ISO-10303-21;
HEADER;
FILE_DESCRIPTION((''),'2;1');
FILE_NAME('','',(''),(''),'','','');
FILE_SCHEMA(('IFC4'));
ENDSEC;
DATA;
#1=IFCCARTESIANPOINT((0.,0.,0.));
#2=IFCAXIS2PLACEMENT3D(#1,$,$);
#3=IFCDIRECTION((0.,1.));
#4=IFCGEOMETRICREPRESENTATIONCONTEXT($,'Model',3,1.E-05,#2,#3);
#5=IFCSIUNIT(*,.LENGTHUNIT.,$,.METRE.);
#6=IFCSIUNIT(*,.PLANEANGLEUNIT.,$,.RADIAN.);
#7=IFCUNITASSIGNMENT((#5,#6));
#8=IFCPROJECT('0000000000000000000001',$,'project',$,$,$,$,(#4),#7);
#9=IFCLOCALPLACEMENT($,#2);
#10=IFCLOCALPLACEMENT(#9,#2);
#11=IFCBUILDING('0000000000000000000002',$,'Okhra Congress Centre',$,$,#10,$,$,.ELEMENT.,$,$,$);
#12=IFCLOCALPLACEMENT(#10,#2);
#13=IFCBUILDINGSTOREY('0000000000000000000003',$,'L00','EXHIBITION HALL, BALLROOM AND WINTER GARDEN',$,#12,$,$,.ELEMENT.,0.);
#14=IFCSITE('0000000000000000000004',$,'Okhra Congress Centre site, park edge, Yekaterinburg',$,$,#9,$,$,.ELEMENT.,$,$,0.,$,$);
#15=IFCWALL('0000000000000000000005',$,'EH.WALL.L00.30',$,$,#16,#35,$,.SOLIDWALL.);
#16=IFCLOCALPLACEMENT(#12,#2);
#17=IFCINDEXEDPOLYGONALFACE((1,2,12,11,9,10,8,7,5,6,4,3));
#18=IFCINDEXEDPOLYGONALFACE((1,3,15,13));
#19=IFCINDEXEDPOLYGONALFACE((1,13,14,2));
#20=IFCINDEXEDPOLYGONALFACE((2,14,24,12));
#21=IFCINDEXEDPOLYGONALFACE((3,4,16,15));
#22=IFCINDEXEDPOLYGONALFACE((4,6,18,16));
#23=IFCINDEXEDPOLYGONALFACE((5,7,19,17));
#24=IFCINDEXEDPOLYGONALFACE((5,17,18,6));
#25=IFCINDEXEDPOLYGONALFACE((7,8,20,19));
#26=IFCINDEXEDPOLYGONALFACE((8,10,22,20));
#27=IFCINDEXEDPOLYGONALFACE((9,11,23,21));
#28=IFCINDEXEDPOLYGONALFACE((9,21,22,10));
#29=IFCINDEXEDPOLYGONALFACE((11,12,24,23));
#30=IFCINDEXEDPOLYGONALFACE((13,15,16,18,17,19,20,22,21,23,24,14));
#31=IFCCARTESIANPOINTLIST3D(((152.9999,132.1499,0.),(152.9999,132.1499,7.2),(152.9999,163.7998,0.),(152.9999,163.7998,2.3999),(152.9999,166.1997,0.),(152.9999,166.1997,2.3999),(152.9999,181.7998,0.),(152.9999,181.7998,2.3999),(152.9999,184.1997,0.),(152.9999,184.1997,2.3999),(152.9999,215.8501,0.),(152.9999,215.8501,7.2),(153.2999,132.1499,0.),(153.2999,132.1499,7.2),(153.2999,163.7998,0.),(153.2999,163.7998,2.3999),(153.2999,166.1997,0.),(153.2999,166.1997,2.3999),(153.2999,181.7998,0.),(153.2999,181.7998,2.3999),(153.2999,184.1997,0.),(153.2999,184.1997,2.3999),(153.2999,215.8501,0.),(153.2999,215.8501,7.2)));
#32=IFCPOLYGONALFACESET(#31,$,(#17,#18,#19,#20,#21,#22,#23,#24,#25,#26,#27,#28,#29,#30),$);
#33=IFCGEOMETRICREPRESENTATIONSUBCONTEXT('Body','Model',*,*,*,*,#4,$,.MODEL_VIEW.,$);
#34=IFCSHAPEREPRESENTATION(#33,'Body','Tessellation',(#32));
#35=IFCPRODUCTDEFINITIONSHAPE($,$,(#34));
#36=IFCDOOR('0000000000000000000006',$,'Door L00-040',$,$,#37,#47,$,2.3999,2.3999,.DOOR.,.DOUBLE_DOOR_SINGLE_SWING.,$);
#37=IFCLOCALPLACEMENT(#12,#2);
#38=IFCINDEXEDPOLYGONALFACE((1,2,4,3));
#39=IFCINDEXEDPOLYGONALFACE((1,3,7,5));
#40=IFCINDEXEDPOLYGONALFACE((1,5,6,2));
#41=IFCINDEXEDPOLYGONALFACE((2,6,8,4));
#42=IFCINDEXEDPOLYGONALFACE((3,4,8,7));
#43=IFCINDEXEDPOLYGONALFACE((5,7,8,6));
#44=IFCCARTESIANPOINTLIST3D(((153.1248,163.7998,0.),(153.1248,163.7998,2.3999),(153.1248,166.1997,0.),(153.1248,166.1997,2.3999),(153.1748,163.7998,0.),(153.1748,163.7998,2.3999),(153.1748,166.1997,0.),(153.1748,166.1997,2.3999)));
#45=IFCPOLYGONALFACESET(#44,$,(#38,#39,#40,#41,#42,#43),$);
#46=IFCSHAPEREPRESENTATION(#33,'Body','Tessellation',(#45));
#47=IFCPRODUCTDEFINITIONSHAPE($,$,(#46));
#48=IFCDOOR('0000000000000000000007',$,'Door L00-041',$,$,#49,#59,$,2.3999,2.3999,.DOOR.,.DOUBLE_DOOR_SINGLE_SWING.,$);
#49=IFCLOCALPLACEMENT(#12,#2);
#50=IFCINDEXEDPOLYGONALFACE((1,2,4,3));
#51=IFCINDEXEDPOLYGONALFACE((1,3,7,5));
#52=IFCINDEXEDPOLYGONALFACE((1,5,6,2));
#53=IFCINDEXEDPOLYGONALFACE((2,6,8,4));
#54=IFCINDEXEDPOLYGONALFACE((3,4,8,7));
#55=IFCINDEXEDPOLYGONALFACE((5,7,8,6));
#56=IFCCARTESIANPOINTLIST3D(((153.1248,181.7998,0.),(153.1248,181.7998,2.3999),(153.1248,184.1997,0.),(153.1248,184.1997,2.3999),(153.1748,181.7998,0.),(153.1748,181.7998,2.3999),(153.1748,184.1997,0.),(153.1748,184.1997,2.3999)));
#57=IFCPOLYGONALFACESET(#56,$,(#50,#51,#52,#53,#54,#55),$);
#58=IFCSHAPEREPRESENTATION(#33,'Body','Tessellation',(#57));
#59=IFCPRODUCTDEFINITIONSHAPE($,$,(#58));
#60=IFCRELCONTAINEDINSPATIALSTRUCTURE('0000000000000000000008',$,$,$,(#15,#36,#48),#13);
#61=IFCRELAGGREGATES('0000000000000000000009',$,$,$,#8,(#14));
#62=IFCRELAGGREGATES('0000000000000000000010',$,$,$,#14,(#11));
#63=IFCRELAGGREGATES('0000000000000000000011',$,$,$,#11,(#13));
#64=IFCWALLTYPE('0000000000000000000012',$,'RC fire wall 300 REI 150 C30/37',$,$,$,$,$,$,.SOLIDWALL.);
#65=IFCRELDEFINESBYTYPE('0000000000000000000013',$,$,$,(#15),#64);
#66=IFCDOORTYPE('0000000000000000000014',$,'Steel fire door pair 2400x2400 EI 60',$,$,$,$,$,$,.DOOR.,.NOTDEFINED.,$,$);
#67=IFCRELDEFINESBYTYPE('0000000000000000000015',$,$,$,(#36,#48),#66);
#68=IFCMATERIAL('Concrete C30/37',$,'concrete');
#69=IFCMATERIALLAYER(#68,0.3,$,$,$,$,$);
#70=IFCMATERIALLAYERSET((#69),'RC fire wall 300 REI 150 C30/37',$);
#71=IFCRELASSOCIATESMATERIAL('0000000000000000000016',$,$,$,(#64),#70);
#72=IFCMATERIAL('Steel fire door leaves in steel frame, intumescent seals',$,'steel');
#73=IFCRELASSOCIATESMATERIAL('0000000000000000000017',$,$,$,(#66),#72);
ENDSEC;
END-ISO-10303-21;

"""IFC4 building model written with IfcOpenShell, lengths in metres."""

from ifc_helpers import new_model, si_unit, direction, frame, frame_2d, origin, place, context, subcontext, project, spatial, rectangle, extrude, material, layer, layer_set, type_object, element, fill, save


model = new_model("IFC4")

# Units and contexts
model_context = context("Model", 3, precision=1e-05, world=origin(), true_north=direction((0.0, 1.0)))
body_context = subcontext(model_context, "Body", "Model", "MODEL_VIEW")
ifc_project = project(units=[si_unit("LENGTHUNIT", "METRE"), si_unit("PLANEANGLEUNIT", "RADIAN")], contexts=[model_context])

# Site, building, storey
site_placement = place(None, origin())
site = spatial("IfcSite", under=ifc_project, at=site_placement, Name="Okhra Congress Centre site, park edge, Yekaterinburg", CompositionType="ELEMENT", RefElevation=0.0)
building_placement = place(site_placement, origin())
building = spatial("IfcBuilding", under=site, at=building_placement, Name="Okhra Congress Centre", CompositionType="ELEMENT")
storey_placement = place(building_placement, origin())
storey = spatial("IfcBuildingStorey", under=building, at=storey_placement, Name="L00", Description="EXHIBITION HALL, BALLROOM AND WINTER GARDEN", CompositionType="ELEMENT", Elevation=0.0)

# Shared definitions
ifc_material_1 = material(Name="Concrete C30/37", Category="concrete")

# Wall, openings, doors
ifc_layer_1 = layer(ifc_material_1, 0.3)
ifc_layer_set_1 = layer_set([ifc_layer_1], Name="RC fire wall 300 REI 150 C30/37")
wall_type_1 = type_object("IfcWallType", Name="RC fire wall 300 REI 150 C30/37", PredefinedType="SOLIDWALL", material=ifc_layer_set_1)
wall_placement = place(storey_placement, frame((153.1499, 132.1499, 0.0), z_axis=(0.0, 0.0, 1.0), x_axis=(0.0, 1.0, 0.0)))
wall = element("IfcWall", 1, at=wall_placement, inside=storey, type_object=wall_type_1, Name="EH.WALL.L00.30", PredefinedType="SOLIDWALL", context=body_context, shape_type="SweptSolid", body=[
    extrude(rectangle(XDim=83.7002, YDim=0.3, at=frame_2d((41.8501, 0.0))), origin(), (0.0, 0.0, 1.0), 7.2),
])
opening_1_placement = place(wall_placement, frame((31.6499, 0.0, 0.0)))
opening_1 = element("IfcOpeningElement", 2, at=opening_1_placement, cuts=wall, PredefinedType="OPENING", context=body_context, shape_type="SweptSolid", body=[
    extrude(rectangle(XDim=2.3999, YDim=2.3999, at=frame_2d((1.2, 1.2))), frame((0.0, 0.1599, 0.0), z_axis=(0.0, -1.0, 0.0), x_axis=(1.0, 0.0, 0.0)), (0.0, 0.0, 1.0), 0.3201),
])
opening_2_placement = place(wall_placement, frame((49.6499, 0.0, 0.0)))
opening_2 = element("IfcOpeningElement", 3, at=opening_2_placement, cuts=wall, PredefinedType="OPENING", context=body_context, shape_type="SweptSolid", body=[
    extrude(rectangle(XDim=2.3999, YDim=2.3999, at=frame_2d((1.2, 1.2))), frame((0.0, 0.1599, 0.0), z_axis=(0.0, -1.0, 0.0), x_axis=(1.0, 0.0, 0.0)), (0.0, 0.0, 1.0), 0.3201),
])
ifc_material_2 = material(Name="Steel fire door leaves in steel frame, intumescent seals", Category="steel")
door_type = type_object("IfcDoorType", Name="Steel fire door pair 2400x2400 EI 60", OperationType="NOTDEFINED", PredefinedType="DOOR", material=ifc_material_2)
door_1_placement = place(opening_1_placement, frame((2.3999, 0.0, 0.0), z_axis=(0.0, 0.0, 1.0), x_axis=(-1.0, 0.0, 0.0)))
door_1 = element("IfcDoor", 4, at=door_1_placement, inside=storey, type_object=door_type, Name="Door L00-040", OperationType="DOUBLE_DOOR_SINGLE_SWING", OverallHeight=2.3999, OverallWidth=2.3999, PredefinedType="DOOR", context=body_context, shape_type="SweptSolid", body=[
    extrude(rectangle(XDim=2.3999, YDim=2.3999, at=frame_2d((1.2, 1.2))), frame((0.0, 0.0249, 0.0), z_axis=(0.0, -1.0, 0.0), x_axis=(1.0, 0.0, 0.0)), (0.0, 0.0, 1.0), 0.05),
])
fill(opening_1, door_1)
door_2_placement = place(opening_2_placement, frame((2.3999, 0.0, 0.0), z_axis=(0.0, 0.0, 1.0), x_axis=(-1.0, 0.0, 0.0)))
door_2 = element("IfcDoor", 5, at=door_2_placement, inside=storey, type_object=door_type, Name="Door L00-041", OperationType="DOUBLE_DOOR_SINGLE_SWING", OverallHeight=2.3999, OverallWidth=2.3999, PredefinedType="DOOR", context=body_context, shape_type="SweptSolid", body=[
    extrude(rectangle(XDim=2.3999, YDim=2.3999, at=frame_2d((1.2, 1.2))), frame((0.0, 0.0249, 0.0), z_axis=(0.0, -1.0, 0.0), x_axis=(1.0, 0.0, 0.0)), (0.0, 0.0, 1.0), 0.05),
])
fill(opening_2, door_2)

save(model, "model.ifc")
